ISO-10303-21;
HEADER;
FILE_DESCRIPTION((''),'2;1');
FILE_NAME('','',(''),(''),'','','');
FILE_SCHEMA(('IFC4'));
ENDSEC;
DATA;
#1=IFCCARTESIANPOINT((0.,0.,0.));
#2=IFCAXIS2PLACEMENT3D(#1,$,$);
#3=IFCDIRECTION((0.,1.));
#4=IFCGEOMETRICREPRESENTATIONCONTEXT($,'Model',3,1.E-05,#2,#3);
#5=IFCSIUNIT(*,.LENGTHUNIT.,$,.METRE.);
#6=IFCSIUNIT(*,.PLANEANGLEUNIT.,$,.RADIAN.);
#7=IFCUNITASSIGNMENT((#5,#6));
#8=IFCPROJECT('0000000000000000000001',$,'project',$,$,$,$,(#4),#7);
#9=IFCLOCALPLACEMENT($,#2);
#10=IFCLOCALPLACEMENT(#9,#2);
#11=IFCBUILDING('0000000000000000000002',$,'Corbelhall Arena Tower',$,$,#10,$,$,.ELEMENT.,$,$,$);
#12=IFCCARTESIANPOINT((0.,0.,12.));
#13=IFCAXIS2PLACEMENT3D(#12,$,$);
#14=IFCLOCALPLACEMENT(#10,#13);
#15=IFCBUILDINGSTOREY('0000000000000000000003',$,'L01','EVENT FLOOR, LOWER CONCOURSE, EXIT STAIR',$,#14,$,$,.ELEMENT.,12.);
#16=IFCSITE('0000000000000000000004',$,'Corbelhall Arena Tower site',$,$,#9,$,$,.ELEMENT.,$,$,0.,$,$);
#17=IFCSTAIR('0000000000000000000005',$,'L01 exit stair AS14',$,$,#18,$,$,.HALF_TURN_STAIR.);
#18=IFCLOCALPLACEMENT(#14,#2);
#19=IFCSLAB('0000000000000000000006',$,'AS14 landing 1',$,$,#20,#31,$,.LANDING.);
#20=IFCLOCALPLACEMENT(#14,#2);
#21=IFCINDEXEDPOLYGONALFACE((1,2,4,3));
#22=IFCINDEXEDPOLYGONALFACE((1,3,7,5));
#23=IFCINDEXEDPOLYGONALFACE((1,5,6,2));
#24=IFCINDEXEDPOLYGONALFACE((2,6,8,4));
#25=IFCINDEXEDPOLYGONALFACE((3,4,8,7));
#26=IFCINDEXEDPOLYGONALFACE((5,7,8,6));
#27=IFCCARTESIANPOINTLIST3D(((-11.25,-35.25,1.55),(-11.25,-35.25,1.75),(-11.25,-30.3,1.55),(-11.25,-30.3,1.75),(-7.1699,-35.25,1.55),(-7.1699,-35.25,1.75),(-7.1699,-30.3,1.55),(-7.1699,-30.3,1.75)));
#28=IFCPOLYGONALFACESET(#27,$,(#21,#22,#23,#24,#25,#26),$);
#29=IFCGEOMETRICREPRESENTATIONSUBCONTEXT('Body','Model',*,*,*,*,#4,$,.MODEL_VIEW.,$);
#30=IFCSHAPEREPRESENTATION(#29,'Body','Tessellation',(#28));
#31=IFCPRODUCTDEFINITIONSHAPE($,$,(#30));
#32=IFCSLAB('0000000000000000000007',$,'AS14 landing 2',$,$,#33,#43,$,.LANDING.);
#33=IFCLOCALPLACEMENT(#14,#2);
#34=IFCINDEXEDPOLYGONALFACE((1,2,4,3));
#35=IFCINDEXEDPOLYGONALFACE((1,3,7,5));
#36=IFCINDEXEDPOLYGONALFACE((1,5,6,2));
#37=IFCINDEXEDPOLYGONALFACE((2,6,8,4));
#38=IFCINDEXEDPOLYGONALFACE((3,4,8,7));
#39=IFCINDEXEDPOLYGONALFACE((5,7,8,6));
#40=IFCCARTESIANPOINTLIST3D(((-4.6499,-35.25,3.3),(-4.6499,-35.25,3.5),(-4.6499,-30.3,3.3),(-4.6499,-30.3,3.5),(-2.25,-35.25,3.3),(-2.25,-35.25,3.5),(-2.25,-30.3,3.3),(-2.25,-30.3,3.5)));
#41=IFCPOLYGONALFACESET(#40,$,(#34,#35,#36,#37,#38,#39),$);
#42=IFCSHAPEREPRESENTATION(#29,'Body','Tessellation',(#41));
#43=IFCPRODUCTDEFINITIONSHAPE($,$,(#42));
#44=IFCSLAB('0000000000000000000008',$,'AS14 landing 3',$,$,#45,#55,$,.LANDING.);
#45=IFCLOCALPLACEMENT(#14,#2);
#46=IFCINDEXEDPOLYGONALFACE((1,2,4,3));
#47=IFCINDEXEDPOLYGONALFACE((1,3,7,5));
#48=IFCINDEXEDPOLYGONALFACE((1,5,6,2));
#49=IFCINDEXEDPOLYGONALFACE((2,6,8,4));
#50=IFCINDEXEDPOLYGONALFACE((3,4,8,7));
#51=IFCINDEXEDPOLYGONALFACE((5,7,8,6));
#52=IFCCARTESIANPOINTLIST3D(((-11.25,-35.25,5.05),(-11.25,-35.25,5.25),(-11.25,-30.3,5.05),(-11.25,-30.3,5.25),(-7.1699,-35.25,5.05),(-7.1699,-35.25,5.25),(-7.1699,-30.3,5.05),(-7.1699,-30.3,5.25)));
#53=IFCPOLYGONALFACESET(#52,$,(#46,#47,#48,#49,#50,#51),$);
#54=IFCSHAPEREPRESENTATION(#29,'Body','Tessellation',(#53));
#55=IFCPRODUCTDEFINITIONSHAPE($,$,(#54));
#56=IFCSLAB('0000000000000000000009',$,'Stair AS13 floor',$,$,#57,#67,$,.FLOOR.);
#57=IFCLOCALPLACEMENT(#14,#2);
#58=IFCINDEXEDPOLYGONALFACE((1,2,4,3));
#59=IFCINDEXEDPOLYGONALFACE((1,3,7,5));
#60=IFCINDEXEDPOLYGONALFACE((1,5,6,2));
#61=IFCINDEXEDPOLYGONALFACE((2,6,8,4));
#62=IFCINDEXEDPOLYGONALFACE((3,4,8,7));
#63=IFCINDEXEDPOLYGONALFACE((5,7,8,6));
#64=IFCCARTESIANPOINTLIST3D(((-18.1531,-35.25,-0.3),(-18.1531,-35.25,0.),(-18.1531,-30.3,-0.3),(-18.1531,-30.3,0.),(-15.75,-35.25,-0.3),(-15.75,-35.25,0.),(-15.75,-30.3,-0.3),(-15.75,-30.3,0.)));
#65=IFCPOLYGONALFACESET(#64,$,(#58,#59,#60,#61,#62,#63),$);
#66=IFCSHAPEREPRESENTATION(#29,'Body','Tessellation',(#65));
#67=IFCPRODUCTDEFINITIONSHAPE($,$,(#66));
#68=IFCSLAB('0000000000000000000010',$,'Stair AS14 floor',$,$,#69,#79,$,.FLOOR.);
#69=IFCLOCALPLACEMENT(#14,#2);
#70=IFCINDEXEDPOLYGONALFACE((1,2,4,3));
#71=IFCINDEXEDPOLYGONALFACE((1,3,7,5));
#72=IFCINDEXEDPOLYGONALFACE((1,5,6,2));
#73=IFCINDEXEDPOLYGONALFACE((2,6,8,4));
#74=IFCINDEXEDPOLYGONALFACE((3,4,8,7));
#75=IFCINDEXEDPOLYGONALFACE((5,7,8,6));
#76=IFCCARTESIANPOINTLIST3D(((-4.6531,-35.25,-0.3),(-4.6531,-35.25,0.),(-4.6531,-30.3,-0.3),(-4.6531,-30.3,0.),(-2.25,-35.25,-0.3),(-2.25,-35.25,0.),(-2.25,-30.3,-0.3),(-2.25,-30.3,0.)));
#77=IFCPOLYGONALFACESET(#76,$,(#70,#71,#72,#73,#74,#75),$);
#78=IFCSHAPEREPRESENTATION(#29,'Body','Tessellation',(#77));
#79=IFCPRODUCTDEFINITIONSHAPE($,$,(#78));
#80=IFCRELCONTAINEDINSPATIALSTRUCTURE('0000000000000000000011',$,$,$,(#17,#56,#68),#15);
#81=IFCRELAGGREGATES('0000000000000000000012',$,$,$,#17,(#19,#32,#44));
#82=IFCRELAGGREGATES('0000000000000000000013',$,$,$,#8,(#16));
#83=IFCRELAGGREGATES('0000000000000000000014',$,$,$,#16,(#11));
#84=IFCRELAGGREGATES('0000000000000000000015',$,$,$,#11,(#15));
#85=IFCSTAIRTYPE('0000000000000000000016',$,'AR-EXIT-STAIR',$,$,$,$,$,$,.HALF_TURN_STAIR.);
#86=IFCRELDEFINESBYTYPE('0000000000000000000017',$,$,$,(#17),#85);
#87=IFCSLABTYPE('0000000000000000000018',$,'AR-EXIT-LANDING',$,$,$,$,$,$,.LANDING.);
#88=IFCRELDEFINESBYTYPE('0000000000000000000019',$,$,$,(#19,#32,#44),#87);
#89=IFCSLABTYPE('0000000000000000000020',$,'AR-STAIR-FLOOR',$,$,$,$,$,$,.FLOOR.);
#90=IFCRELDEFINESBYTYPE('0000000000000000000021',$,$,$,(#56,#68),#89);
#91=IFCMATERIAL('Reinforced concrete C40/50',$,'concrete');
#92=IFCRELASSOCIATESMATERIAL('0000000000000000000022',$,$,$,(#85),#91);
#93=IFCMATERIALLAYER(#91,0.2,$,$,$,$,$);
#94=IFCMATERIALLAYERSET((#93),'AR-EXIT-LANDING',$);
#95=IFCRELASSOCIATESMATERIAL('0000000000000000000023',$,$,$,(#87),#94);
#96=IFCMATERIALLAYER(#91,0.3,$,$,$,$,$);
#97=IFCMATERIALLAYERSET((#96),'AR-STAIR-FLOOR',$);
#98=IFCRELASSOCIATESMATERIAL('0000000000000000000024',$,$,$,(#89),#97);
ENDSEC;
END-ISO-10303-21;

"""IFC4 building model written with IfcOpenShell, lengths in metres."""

from ifc_helpers import new_model, si_unit, direction, frame, origin, place, context, subcontext, project, spatial, polyline, outline, extrude, material, layer, layer_set, type_object, element, aggregate, save


model = new_model("IFC4")

# Units and contexts
model_context = context("Model", 3, precision=1e-05, world=origin(), true_north=direction((0.0, 1.0)))
body_context = subcontext(model_context, "Body", "Model", "MODEL_VIEW")
ifc_project = project(units=[si_unit("LENGTHUNIT", "METRE"), si_unit("PLANEANGLEUNIT", "RADIAN")], contexts=[model_context])

# Site, building, storey
site_placement = place(None, origin())
site = spatial("IfcSite", under=ifc_project, at=site_placement, Name="Corbelhall Arena Tower site", CompositionType="ELEMENT", RefElevation=0.0)
building_placement = place(site_placement, origin())
building = spatial("IfcBuilding", under=site, at=building_placement, Name="Corbelhall Arena Tower", CompositionType="ELEMENT")
storey_placement = place(building_placement, frame((0.0, 0.0, 12.0)))
storey = spatial("IfcBuildingStorey", under=building, at=storey_placement, Name="L01", Description="EVENT FLOOR, LOWER CONCOURSE, EXIT STAIR", CompositionType="ELEMENT", Elevation=12.0)

# Stair, slabs
ifc_material_1 = material(Name="Reinforced concrete C40/50", Category="concrete")
stair_type = type_object("IfcStairType", Name="AR-EXIT-STAIR", PredefinedType="HALF_TURN_STAIR", material=ifc_material_1)
stair_placement = place(storey_placement, origin())
stair = element("IfcStair", 1, at=stair_placement, inside=storey, type_object=stair_type, Name="L01 exit stair AS14", PredefinedType="HALF_TURN_STAIR")
ifc_layer_1 = layer(ifc_material_1, 0.2)
ifc_layer_set_1 = layer_set([ifc_layer_1], Name="AR-EXIT-LANDING")
slab_type_1 = type_object("IfcSlabType", Name="AR-EXIT-LANDING", PredefinedType="LANDING", material=ifc_layer_set_1)
slab_1_placement = place(storey_placement, frame((0.0, 0.0, 1.55)))
slab_1 = element("IfcSlab", 2, at=slab_1_placement, type_object=slab_type_1, Name="AS14 landing 1", PredefinedType="LANDING", context=body_context, shape_type="SweptSolid", body=[
    extrude(outline(polyline([(-7.1699, -30.3), (-11.25, -30.3), (-11.25, -35.25), (-7.1699, -35.25), (-7.1699, -30.3)])), origin(), (0.0, 0.0, 1.0), 0.2),
])
slab_2_placement = place(storey_placement, frame((0.0, 0.0, 3.3)))
slab_2 = element("IfcSlab", 3, at=slab_2_placement, type_object=slab_type_1, Name="AS14 landing 2", PredefinedType="LANDING", context=body_context, shape_type="SweptSolid", body=[
    extrude(outline(polyline([(-2.25, -30.3), (-4.6499, -30.3), (-4.6499, -35.25), (-2.25, -35.25), (-2.25, -30.3)])), origin(), (0.0, 0.0, 1.0), 0.2),
])
slab_3_placement = place(storey_placement, frame((0.0, 0.0, 5.05)))
slab_3 = element("IfcSlab", 4, at=slab_3_placement, type_object=slab_type_1, Name="AS14 landing 3", PredefinedType="LANDING", context=body_context, shape_type="SweptSolid", body=[
    extrude(outline(polyline([(-7.1699, -30.3), (-11.25, -30.3), (-11.25, -35.25), (-7.1699, -35.25), (-7.1699, -30.3)])), origin(), (0.0, 0.0, 1.0), 0.2),
])
aggregate(stair, [slab_1, slab_2, slab_3])

# Slabs
ifc_layer_2 = layer(ifc_material_1, 0.3)
ifc_layer_set_2 = layer_set([ifc_layer_2], Name="AR-STAIR-FLOOR")
slab_type_2 = type_object("IfcSlabType", Name="AR-STAIR-FLOOR", PredefinedType="FLOOR", material=ifc_layer_set_2)
slab_4_placement = place(storey_placement, frame((0.0, 0.0, -0.3)))
element("IfcSlab", 5, at=slab_4_placement, inside=storey, type_object=slab_type_2, Name="Stair AS13 floor", PredefinedType="FLOOR", context=body_context, shape_type="SweptSolid", body=[
    extrude(outline(polyline([(-15.75, -30.3), (-15.75, -35.25), (-18.1531, -35.25), (-18.1531, -30.3), (-15.75, -30.3)])), origin(), (0.0, 0.0, 1.0), 0.3),
])
slab_5_placement = place(storey_placement, frame((0.0, 0.0, -0.3)))
element("IfcSlab", 6, at=slab_5_placement, inside=storey, type_object=slab_type_2, Name="Stair AS14 floor", PredefinedType="FLOOR", context=body_context, shape_type="SweptSolid", body=[
    extrude(outline(polyline([(-2.25, -30.3), (-2.25, -35.25), (-4.6531, -35.25), (-4.6531, -30.3), (-2.25, -30.3)])), origin(), (0.0, 0.0, 1.0), 0.3),
])

save(model, "model.ifc")
